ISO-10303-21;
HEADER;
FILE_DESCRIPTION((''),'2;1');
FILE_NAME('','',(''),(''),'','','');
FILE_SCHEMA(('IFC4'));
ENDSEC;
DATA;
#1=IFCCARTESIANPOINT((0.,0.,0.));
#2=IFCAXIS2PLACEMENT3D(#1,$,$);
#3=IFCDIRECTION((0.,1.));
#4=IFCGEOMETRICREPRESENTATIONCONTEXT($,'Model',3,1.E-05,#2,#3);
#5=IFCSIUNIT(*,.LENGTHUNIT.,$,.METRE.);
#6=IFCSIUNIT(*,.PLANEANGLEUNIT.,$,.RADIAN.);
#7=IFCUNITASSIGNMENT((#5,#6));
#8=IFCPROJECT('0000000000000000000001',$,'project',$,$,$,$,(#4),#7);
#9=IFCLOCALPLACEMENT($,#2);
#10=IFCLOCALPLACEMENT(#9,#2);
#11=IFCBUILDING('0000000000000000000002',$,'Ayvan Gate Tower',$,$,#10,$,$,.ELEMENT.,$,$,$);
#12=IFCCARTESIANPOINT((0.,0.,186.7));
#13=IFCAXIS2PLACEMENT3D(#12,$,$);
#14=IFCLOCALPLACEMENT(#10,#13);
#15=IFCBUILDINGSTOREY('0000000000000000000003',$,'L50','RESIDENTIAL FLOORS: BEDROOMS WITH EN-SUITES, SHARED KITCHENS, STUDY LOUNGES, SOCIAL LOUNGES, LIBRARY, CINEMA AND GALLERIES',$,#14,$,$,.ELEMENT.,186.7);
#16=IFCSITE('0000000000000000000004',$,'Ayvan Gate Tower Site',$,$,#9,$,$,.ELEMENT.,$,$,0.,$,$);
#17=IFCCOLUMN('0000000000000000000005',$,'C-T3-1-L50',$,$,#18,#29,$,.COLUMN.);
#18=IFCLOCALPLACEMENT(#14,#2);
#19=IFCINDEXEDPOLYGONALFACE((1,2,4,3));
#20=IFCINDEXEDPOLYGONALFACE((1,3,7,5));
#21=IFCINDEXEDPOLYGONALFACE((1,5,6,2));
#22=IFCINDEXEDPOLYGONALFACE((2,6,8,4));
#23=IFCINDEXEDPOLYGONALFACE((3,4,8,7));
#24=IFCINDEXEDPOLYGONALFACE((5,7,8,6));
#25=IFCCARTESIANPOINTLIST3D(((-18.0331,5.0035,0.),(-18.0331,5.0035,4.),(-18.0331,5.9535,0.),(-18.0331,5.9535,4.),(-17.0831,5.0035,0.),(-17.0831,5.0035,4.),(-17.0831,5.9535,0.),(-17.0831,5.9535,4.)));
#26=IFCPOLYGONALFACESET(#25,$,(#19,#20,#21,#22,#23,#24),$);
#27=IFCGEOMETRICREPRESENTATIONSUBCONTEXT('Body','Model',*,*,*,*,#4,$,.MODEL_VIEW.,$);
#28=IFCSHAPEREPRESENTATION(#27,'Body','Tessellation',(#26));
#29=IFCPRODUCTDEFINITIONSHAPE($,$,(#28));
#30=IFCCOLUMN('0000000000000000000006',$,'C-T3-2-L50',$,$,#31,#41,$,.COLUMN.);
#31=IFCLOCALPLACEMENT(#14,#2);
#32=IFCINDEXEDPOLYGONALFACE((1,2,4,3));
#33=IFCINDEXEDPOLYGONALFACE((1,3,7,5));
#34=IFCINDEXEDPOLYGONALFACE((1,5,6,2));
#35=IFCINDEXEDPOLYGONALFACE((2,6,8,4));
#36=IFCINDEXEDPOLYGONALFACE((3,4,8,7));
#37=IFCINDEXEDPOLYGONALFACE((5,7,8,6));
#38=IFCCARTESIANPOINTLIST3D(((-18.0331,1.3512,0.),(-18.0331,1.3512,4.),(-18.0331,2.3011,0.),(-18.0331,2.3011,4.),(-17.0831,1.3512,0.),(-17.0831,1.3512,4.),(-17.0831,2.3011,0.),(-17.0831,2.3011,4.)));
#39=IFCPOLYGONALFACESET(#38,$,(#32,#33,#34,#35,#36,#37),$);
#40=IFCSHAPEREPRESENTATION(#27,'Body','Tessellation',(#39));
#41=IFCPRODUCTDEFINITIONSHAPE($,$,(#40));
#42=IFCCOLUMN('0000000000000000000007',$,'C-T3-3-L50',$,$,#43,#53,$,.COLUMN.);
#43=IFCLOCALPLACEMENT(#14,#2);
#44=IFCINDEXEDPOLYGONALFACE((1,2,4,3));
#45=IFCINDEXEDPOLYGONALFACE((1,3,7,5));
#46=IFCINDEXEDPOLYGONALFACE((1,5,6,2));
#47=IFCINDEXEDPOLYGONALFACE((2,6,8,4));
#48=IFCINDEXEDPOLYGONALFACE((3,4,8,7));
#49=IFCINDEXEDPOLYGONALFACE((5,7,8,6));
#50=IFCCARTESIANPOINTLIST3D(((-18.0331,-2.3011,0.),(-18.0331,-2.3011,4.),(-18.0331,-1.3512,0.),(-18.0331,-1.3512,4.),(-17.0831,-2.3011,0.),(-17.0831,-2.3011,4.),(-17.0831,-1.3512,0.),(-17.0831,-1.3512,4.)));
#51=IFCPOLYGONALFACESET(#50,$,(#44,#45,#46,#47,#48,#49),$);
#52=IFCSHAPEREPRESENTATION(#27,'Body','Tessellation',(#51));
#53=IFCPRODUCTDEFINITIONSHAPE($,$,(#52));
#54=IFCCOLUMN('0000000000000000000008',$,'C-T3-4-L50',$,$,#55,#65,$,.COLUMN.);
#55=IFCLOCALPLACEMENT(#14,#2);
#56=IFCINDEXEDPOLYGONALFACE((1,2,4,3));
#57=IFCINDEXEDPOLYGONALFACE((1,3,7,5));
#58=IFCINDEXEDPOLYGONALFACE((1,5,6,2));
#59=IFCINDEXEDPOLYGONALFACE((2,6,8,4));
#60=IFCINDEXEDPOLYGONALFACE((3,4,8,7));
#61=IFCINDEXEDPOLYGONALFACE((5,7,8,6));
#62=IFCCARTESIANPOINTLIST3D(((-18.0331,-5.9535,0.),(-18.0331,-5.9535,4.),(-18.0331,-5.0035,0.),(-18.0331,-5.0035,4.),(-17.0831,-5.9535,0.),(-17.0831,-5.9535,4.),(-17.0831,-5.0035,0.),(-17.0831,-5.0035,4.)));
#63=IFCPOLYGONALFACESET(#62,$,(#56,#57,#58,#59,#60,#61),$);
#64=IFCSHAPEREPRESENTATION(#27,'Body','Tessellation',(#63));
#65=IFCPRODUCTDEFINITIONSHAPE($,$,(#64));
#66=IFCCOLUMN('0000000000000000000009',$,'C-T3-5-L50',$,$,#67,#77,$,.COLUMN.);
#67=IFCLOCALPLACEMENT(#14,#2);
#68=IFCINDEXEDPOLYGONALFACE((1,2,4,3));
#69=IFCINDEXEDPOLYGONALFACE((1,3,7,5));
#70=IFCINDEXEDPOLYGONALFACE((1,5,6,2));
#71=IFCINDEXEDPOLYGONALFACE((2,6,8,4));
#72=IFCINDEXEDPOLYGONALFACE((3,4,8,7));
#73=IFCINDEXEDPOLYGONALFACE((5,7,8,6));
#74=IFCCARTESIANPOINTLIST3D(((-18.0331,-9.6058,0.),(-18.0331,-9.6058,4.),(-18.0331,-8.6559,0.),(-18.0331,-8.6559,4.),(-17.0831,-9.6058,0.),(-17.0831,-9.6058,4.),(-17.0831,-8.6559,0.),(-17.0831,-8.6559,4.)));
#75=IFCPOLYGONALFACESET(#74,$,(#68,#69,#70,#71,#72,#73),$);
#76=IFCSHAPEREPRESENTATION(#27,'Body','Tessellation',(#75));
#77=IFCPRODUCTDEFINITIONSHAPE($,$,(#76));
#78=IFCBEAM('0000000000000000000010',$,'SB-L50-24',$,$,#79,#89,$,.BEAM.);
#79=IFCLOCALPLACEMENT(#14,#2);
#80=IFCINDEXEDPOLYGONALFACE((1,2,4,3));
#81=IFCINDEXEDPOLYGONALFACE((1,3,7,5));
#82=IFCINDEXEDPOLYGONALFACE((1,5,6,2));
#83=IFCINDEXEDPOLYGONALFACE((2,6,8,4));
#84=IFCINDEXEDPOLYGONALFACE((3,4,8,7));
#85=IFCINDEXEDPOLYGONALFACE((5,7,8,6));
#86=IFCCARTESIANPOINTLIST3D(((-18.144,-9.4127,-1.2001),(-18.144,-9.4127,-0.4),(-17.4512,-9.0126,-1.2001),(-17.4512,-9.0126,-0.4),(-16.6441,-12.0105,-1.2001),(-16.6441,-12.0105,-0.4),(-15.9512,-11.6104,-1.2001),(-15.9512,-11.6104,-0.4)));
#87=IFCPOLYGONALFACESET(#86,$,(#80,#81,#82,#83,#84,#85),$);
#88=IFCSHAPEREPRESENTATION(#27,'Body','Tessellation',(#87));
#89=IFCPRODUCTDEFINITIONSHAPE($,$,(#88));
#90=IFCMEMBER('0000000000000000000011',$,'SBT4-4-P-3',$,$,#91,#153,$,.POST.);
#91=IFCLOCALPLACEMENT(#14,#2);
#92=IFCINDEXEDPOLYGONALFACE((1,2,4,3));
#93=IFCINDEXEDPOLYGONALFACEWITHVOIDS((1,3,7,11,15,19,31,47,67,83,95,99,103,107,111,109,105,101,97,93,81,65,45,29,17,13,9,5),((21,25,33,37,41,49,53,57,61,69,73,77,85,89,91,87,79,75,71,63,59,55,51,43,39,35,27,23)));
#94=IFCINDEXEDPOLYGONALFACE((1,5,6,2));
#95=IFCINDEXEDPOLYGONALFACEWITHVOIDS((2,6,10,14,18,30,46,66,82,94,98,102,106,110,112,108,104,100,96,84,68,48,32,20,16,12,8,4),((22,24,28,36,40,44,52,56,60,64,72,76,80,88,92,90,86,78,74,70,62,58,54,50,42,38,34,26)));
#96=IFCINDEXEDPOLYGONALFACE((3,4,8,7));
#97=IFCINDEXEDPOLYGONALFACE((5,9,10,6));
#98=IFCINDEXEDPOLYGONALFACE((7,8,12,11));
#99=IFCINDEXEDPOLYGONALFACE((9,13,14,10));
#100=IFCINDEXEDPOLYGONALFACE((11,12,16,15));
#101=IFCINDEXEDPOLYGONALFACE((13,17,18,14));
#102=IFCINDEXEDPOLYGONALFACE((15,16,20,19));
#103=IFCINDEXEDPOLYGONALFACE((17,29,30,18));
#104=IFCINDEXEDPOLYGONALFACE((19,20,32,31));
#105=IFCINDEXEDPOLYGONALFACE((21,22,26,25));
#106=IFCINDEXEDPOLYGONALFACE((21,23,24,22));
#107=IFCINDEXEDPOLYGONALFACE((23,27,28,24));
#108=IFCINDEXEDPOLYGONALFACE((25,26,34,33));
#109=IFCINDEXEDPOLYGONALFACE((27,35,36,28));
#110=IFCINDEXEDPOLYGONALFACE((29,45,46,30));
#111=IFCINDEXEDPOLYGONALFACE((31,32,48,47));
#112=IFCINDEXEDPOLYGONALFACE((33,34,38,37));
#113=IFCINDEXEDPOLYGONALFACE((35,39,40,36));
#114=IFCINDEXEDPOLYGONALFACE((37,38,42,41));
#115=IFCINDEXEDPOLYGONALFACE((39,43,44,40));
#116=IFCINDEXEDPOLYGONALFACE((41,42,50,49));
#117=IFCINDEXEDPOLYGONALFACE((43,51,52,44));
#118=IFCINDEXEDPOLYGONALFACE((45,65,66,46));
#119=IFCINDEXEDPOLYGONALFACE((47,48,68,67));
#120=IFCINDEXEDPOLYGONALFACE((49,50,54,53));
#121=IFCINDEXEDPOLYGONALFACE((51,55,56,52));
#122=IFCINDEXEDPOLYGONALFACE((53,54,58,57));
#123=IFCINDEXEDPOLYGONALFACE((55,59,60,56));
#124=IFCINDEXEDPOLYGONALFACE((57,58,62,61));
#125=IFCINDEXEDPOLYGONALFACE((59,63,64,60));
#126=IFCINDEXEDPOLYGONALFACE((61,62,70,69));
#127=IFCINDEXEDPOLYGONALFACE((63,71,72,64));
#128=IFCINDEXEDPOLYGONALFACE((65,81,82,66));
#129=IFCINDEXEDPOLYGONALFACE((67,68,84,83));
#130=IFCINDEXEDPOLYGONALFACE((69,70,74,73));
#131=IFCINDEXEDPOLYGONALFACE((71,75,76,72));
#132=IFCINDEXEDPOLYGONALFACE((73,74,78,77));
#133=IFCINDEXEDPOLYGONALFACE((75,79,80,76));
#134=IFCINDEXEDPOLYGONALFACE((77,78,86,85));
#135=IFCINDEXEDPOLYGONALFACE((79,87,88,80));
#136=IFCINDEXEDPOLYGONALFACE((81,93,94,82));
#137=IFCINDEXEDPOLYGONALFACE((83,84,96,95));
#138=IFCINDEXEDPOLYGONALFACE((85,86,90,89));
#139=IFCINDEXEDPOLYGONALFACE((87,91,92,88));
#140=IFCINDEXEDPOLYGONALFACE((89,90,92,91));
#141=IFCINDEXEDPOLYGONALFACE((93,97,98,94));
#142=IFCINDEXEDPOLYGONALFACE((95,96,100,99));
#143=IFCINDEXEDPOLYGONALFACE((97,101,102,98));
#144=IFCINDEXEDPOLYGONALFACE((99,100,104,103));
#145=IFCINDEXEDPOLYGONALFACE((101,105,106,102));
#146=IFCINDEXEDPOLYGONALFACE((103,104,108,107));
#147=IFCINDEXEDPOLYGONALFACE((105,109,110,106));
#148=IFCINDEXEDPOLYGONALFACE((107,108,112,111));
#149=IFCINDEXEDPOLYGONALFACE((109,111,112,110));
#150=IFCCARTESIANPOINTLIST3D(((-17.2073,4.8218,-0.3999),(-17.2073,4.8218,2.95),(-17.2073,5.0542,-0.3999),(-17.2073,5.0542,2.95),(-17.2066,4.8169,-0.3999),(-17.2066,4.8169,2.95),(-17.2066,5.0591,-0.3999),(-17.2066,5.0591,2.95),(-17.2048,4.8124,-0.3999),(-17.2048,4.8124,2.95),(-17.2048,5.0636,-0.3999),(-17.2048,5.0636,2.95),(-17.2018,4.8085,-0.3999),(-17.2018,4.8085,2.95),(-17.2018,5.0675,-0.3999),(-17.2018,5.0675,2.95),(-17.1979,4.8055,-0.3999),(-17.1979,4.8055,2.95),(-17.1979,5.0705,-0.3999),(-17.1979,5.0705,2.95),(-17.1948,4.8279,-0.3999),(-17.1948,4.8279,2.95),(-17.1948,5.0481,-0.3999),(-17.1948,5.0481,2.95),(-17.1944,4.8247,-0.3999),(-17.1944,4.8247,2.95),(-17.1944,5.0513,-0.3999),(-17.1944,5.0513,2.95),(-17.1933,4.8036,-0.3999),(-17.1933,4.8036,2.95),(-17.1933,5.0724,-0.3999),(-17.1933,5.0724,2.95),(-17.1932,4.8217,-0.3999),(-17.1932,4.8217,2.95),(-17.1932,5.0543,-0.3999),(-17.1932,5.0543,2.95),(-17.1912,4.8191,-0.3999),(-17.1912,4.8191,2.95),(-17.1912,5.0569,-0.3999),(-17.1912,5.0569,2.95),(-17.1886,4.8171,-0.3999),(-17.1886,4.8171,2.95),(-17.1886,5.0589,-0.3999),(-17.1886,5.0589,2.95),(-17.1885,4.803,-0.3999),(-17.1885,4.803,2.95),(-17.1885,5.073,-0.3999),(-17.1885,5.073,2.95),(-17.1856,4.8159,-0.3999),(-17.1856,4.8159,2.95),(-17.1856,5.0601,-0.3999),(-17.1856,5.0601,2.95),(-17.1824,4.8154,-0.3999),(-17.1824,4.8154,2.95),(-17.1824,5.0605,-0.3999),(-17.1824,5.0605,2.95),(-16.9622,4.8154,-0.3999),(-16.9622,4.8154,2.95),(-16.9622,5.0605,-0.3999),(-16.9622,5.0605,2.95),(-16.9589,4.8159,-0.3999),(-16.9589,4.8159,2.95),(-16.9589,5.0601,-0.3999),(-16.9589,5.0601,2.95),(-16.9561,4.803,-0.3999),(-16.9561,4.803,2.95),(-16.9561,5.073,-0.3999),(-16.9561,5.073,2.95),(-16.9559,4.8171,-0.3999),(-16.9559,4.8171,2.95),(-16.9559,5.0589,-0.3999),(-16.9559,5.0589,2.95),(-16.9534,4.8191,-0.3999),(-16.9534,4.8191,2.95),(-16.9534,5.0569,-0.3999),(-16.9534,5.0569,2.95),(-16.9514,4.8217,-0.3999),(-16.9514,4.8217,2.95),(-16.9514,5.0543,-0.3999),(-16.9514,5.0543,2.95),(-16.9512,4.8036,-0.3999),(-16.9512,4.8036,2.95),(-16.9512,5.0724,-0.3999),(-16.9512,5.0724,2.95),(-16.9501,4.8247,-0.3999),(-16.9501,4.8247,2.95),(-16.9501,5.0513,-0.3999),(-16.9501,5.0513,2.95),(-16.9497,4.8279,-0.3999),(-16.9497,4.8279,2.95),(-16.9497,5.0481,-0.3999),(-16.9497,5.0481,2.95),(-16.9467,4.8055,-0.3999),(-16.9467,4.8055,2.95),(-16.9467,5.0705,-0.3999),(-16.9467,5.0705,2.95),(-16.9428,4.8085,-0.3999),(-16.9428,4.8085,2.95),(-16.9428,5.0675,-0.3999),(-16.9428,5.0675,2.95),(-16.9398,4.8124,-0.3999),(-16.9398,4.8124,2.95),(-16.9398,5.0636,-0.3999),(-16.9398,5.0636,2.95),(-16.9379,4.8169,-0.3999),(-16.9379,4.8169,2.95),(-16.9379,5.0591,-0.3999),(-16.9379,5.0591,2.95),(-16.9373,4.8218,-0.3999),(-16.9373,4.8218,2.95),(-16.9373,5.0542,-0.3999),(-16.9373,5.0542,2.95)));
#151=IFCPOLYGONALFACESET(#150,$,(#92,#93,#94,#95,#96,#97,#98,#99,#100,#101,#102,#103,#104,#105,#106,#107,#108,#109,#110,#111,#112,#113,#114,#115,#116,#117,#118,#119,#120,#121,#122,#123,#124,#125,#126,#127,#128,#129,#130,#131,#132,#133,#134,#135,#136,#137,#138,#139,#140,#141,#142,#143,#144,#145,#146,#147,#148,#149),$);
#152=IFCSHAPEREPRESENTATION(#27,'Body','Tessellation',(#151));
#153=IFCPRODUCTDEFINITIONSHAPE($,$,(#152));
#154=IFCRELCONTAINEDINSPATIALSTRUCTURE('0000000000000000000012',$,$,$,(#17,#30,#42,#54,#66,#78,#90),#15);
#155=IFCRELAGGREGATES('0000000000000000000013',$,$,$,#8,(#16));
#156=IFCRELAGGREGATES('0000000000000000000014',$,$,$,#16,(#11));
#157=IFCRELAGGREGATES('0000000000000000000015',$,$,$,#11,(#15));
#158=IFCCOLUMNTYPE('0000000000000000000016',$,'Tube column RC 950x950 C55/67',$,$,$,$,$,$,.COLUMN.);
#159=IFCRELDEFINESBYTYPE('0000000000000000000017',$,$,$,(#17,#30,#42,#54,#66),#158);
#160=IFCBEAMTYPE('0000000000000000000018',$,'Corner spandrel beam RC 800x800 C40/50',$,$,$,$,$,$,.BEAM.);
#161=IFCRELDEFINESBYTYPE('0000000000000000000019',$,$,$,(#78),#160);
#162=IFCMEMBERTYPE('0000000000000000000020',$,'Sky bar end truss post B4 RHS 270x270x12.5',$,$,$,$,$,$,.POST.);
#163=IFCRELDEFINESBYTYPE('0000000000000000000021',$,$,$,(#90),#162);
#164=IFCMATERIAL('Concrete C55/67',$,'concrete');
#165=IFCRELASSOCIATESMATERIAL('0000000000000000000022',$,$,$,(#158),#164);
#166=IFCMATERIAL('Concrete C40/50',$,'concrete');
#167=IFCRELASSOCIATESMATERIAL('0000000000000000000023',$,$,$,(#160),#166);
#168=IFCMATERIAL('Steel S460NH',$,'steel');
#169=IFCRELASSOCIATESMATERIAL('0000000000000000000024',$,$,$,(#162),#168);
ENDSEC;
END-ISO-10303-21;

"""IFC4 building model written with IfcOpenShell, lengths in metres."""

from ifc_helpers import new_model, si_unit, direction, frame, origin, origin_2d, place, context, subcontext, project, spatial, rectangle, hollow_rectangle, extrude, material, material_profile, profile_set, type_object, element, save


model = new_model("IFC4")

# Units and contexts
model_context = context("Model", 3, precision=1e-05, world=origin(), true_north=direction((0.0, 1.0)))
body_context = subcontext(model_context, "Body", "Model", "MODEL_VIEW")
ifc_project = project(units=[si_unit("LENGTHUNIT", "METRE"), si_unit("PLANEANGLEUNIT", "RADIAN")], contexts=[model_context])

# Site, building, storey
site_placement = place(None, origin())
site = spatial("IfcSite", under=ifc_project, at=site_placement, Name="Ayvan Gate Tower Site", CompositionType="ELEMENT", RefElevation=0.0)
building_placement = place(site_placement, origin())
building = spatial("IfcBuilding", under=site, at=building_placement, Name="Ayvan Gate Tower", CompositionType="ELEMENT")
storey_placement = place(building_placement, frame((0.0, 0.0, 186.7)))
storey = spatial("IfcBuildingStorey", under=building, at=storey_placement, Name="L50", Description="RESIDENTIAL FLOORS: BEDROOMS WITH EN-SUITES, SHARED KITCHENS, STUDY LOUNGES, SOCIAL LOUNGES, LIBRARY, CINEMA AND GALLERIES", CompositionType="ELEMENT", Elevation=186.7)

# Columns
ifc_material_1 = material(Name="Concrete C55/67", Category="concrete")
ifc_material_profile_1 = material_profile(ifc_material_1, rectangle(XDim=0.95, YDim=0.95, at=origin_2d()), Name="RC 950x950")
ifc_profile_set_1 = profile_set([ifc_material_profile_1], Name="Concrete C55/67")
column_type = type_object("IfcColumnType", Name="Tube column RC 950x950 C55/67", PredefinedType="COLUMN", material=ifc_profile_set_1)
for number, where, z_axis, x_axis, name in (
    (1, (-17.5581, 5.4785, 0.0), (0.0, 0.0, 1.0), (-1.0, 0.0, 0.0), "C-T3-1-L50"),
    (2, (-17.5581, 1.8262, 0.0), (0.0, 0.0, 1.0), (-1.0, 0.0, 0.0), "C-T3-2-L50"),
    (3, (-17.5581, -1.8262, 0.0), (0.0, 0.0, 1.0), (-1.0, 0.0, 0.0), "C-T3-3-L50"),
    (4, (-17.5581, -5.4785, 0.0), (0.0, 0.0, 1.0), (-1.0, 0.0, 0.0), "C-T3-4-L50"),
    (5, (-17.5581, -9.1309, 0.0), (0.0, 0.0, 1.0), (-1.0, 0.0, 0.0), "C-T3-5-L50"),
):
    element("IfcColumn", number, at=place(storey_placement, frame(where, z_axis=z_axis, x_axis=x_axis)), inside=storey, type_object=column_type, Name=name, PredefinedType="COLUMN", context=body_context, shape_type="SweptSolid", body=[
        extrude(rectangle(XDim=0.95, YDim=0.95, at=origin_2d()), origin(), (0.0, 0.0, 1.0), 4.0),
    ])

# Beam
ifc_material_2 = material(Name="Concrete C40/50", Category="concrete")
ifc_material_profile_2 = material_profile(ifc_material_2, rectangle(XDim=0.8, YDim=0.8, at=origin_2d()), Name="RC 800x800")
ifc_profile_set_2 = profile_set([ifc_material_profile_2], Name="Concrete C40/50")
beam_type_1 = type_object("IfcBeamType", Name="Corner spandrel beam RC 800x800 C40/50", PredefinedType="BEAM", material=ifc_profile_set_2)
beam_1_placement = place(storey_placement, frame((-17.7976, -9.2126, -0.8), z_axis=(0.500025, -0.866011, 0.0), x_axis=(0.866011, 0.500025, 0.0)))
element("IfcBeam", 6, at=beam_1_placement, inside=storey, type_object=beam_type_1, Name="SB-L50-24", PredefinedType="BEAM", context=body_context, shape_type="SweptSolid", body=[
    extrude(rectangle(XDim=0.8, YDim=0.8, at=origin_2d()), origin(), (0.0, 0.0, 1.0), 2.9998),
])

# Member
ifc_material_3 = material(Name="Steel S460NH", Category="steel")
ifc_material_profile_3 = material_profile(ifc_material_3, hollow_rectangle(XDim=0.27, YDim=0.27, WallThickness=0.0125, InnerFilletRadius=0.0125, OuterFilletRadius=0.0188, at=origin_2d()), Name="RHS 270x270x12.5")
ifc_profile_set_3 = profile_set([ifc_material_profile_3], Name="Steel S460NH")
member_type_1 = type_object("IfcMemberType", Name="Sky bar end truss post B4 RHS 270x270x12.5", PredefinedType="POST", material=ifc_profile_set_3)
member_1_placement = place(storey_placement, frame((-17.0723, 4.938, -0.3999), z_axis=(0.0, 0.0, 1.0), x_axis=(1.0, 0.0, 0.0)))
element("IfcMember", 7, at=member_1_placement, inside=storey, type_object=member_type_1, Name="SBT4-4-P-3", PredefinedType="POST", context=body_context, shape_type="SweptSolid", body=[
    extrude(hollow_rectangle(XDim=0.27, YDim=0.27, WallThickness=0.0125, InnerFilletRadius=0.0125, OuterFilletRadius=0.0188, at=origin_2d()), origin(), (0.0, 0.0, 1.0), 3.3499),
])

save(model, "model.ifc")
